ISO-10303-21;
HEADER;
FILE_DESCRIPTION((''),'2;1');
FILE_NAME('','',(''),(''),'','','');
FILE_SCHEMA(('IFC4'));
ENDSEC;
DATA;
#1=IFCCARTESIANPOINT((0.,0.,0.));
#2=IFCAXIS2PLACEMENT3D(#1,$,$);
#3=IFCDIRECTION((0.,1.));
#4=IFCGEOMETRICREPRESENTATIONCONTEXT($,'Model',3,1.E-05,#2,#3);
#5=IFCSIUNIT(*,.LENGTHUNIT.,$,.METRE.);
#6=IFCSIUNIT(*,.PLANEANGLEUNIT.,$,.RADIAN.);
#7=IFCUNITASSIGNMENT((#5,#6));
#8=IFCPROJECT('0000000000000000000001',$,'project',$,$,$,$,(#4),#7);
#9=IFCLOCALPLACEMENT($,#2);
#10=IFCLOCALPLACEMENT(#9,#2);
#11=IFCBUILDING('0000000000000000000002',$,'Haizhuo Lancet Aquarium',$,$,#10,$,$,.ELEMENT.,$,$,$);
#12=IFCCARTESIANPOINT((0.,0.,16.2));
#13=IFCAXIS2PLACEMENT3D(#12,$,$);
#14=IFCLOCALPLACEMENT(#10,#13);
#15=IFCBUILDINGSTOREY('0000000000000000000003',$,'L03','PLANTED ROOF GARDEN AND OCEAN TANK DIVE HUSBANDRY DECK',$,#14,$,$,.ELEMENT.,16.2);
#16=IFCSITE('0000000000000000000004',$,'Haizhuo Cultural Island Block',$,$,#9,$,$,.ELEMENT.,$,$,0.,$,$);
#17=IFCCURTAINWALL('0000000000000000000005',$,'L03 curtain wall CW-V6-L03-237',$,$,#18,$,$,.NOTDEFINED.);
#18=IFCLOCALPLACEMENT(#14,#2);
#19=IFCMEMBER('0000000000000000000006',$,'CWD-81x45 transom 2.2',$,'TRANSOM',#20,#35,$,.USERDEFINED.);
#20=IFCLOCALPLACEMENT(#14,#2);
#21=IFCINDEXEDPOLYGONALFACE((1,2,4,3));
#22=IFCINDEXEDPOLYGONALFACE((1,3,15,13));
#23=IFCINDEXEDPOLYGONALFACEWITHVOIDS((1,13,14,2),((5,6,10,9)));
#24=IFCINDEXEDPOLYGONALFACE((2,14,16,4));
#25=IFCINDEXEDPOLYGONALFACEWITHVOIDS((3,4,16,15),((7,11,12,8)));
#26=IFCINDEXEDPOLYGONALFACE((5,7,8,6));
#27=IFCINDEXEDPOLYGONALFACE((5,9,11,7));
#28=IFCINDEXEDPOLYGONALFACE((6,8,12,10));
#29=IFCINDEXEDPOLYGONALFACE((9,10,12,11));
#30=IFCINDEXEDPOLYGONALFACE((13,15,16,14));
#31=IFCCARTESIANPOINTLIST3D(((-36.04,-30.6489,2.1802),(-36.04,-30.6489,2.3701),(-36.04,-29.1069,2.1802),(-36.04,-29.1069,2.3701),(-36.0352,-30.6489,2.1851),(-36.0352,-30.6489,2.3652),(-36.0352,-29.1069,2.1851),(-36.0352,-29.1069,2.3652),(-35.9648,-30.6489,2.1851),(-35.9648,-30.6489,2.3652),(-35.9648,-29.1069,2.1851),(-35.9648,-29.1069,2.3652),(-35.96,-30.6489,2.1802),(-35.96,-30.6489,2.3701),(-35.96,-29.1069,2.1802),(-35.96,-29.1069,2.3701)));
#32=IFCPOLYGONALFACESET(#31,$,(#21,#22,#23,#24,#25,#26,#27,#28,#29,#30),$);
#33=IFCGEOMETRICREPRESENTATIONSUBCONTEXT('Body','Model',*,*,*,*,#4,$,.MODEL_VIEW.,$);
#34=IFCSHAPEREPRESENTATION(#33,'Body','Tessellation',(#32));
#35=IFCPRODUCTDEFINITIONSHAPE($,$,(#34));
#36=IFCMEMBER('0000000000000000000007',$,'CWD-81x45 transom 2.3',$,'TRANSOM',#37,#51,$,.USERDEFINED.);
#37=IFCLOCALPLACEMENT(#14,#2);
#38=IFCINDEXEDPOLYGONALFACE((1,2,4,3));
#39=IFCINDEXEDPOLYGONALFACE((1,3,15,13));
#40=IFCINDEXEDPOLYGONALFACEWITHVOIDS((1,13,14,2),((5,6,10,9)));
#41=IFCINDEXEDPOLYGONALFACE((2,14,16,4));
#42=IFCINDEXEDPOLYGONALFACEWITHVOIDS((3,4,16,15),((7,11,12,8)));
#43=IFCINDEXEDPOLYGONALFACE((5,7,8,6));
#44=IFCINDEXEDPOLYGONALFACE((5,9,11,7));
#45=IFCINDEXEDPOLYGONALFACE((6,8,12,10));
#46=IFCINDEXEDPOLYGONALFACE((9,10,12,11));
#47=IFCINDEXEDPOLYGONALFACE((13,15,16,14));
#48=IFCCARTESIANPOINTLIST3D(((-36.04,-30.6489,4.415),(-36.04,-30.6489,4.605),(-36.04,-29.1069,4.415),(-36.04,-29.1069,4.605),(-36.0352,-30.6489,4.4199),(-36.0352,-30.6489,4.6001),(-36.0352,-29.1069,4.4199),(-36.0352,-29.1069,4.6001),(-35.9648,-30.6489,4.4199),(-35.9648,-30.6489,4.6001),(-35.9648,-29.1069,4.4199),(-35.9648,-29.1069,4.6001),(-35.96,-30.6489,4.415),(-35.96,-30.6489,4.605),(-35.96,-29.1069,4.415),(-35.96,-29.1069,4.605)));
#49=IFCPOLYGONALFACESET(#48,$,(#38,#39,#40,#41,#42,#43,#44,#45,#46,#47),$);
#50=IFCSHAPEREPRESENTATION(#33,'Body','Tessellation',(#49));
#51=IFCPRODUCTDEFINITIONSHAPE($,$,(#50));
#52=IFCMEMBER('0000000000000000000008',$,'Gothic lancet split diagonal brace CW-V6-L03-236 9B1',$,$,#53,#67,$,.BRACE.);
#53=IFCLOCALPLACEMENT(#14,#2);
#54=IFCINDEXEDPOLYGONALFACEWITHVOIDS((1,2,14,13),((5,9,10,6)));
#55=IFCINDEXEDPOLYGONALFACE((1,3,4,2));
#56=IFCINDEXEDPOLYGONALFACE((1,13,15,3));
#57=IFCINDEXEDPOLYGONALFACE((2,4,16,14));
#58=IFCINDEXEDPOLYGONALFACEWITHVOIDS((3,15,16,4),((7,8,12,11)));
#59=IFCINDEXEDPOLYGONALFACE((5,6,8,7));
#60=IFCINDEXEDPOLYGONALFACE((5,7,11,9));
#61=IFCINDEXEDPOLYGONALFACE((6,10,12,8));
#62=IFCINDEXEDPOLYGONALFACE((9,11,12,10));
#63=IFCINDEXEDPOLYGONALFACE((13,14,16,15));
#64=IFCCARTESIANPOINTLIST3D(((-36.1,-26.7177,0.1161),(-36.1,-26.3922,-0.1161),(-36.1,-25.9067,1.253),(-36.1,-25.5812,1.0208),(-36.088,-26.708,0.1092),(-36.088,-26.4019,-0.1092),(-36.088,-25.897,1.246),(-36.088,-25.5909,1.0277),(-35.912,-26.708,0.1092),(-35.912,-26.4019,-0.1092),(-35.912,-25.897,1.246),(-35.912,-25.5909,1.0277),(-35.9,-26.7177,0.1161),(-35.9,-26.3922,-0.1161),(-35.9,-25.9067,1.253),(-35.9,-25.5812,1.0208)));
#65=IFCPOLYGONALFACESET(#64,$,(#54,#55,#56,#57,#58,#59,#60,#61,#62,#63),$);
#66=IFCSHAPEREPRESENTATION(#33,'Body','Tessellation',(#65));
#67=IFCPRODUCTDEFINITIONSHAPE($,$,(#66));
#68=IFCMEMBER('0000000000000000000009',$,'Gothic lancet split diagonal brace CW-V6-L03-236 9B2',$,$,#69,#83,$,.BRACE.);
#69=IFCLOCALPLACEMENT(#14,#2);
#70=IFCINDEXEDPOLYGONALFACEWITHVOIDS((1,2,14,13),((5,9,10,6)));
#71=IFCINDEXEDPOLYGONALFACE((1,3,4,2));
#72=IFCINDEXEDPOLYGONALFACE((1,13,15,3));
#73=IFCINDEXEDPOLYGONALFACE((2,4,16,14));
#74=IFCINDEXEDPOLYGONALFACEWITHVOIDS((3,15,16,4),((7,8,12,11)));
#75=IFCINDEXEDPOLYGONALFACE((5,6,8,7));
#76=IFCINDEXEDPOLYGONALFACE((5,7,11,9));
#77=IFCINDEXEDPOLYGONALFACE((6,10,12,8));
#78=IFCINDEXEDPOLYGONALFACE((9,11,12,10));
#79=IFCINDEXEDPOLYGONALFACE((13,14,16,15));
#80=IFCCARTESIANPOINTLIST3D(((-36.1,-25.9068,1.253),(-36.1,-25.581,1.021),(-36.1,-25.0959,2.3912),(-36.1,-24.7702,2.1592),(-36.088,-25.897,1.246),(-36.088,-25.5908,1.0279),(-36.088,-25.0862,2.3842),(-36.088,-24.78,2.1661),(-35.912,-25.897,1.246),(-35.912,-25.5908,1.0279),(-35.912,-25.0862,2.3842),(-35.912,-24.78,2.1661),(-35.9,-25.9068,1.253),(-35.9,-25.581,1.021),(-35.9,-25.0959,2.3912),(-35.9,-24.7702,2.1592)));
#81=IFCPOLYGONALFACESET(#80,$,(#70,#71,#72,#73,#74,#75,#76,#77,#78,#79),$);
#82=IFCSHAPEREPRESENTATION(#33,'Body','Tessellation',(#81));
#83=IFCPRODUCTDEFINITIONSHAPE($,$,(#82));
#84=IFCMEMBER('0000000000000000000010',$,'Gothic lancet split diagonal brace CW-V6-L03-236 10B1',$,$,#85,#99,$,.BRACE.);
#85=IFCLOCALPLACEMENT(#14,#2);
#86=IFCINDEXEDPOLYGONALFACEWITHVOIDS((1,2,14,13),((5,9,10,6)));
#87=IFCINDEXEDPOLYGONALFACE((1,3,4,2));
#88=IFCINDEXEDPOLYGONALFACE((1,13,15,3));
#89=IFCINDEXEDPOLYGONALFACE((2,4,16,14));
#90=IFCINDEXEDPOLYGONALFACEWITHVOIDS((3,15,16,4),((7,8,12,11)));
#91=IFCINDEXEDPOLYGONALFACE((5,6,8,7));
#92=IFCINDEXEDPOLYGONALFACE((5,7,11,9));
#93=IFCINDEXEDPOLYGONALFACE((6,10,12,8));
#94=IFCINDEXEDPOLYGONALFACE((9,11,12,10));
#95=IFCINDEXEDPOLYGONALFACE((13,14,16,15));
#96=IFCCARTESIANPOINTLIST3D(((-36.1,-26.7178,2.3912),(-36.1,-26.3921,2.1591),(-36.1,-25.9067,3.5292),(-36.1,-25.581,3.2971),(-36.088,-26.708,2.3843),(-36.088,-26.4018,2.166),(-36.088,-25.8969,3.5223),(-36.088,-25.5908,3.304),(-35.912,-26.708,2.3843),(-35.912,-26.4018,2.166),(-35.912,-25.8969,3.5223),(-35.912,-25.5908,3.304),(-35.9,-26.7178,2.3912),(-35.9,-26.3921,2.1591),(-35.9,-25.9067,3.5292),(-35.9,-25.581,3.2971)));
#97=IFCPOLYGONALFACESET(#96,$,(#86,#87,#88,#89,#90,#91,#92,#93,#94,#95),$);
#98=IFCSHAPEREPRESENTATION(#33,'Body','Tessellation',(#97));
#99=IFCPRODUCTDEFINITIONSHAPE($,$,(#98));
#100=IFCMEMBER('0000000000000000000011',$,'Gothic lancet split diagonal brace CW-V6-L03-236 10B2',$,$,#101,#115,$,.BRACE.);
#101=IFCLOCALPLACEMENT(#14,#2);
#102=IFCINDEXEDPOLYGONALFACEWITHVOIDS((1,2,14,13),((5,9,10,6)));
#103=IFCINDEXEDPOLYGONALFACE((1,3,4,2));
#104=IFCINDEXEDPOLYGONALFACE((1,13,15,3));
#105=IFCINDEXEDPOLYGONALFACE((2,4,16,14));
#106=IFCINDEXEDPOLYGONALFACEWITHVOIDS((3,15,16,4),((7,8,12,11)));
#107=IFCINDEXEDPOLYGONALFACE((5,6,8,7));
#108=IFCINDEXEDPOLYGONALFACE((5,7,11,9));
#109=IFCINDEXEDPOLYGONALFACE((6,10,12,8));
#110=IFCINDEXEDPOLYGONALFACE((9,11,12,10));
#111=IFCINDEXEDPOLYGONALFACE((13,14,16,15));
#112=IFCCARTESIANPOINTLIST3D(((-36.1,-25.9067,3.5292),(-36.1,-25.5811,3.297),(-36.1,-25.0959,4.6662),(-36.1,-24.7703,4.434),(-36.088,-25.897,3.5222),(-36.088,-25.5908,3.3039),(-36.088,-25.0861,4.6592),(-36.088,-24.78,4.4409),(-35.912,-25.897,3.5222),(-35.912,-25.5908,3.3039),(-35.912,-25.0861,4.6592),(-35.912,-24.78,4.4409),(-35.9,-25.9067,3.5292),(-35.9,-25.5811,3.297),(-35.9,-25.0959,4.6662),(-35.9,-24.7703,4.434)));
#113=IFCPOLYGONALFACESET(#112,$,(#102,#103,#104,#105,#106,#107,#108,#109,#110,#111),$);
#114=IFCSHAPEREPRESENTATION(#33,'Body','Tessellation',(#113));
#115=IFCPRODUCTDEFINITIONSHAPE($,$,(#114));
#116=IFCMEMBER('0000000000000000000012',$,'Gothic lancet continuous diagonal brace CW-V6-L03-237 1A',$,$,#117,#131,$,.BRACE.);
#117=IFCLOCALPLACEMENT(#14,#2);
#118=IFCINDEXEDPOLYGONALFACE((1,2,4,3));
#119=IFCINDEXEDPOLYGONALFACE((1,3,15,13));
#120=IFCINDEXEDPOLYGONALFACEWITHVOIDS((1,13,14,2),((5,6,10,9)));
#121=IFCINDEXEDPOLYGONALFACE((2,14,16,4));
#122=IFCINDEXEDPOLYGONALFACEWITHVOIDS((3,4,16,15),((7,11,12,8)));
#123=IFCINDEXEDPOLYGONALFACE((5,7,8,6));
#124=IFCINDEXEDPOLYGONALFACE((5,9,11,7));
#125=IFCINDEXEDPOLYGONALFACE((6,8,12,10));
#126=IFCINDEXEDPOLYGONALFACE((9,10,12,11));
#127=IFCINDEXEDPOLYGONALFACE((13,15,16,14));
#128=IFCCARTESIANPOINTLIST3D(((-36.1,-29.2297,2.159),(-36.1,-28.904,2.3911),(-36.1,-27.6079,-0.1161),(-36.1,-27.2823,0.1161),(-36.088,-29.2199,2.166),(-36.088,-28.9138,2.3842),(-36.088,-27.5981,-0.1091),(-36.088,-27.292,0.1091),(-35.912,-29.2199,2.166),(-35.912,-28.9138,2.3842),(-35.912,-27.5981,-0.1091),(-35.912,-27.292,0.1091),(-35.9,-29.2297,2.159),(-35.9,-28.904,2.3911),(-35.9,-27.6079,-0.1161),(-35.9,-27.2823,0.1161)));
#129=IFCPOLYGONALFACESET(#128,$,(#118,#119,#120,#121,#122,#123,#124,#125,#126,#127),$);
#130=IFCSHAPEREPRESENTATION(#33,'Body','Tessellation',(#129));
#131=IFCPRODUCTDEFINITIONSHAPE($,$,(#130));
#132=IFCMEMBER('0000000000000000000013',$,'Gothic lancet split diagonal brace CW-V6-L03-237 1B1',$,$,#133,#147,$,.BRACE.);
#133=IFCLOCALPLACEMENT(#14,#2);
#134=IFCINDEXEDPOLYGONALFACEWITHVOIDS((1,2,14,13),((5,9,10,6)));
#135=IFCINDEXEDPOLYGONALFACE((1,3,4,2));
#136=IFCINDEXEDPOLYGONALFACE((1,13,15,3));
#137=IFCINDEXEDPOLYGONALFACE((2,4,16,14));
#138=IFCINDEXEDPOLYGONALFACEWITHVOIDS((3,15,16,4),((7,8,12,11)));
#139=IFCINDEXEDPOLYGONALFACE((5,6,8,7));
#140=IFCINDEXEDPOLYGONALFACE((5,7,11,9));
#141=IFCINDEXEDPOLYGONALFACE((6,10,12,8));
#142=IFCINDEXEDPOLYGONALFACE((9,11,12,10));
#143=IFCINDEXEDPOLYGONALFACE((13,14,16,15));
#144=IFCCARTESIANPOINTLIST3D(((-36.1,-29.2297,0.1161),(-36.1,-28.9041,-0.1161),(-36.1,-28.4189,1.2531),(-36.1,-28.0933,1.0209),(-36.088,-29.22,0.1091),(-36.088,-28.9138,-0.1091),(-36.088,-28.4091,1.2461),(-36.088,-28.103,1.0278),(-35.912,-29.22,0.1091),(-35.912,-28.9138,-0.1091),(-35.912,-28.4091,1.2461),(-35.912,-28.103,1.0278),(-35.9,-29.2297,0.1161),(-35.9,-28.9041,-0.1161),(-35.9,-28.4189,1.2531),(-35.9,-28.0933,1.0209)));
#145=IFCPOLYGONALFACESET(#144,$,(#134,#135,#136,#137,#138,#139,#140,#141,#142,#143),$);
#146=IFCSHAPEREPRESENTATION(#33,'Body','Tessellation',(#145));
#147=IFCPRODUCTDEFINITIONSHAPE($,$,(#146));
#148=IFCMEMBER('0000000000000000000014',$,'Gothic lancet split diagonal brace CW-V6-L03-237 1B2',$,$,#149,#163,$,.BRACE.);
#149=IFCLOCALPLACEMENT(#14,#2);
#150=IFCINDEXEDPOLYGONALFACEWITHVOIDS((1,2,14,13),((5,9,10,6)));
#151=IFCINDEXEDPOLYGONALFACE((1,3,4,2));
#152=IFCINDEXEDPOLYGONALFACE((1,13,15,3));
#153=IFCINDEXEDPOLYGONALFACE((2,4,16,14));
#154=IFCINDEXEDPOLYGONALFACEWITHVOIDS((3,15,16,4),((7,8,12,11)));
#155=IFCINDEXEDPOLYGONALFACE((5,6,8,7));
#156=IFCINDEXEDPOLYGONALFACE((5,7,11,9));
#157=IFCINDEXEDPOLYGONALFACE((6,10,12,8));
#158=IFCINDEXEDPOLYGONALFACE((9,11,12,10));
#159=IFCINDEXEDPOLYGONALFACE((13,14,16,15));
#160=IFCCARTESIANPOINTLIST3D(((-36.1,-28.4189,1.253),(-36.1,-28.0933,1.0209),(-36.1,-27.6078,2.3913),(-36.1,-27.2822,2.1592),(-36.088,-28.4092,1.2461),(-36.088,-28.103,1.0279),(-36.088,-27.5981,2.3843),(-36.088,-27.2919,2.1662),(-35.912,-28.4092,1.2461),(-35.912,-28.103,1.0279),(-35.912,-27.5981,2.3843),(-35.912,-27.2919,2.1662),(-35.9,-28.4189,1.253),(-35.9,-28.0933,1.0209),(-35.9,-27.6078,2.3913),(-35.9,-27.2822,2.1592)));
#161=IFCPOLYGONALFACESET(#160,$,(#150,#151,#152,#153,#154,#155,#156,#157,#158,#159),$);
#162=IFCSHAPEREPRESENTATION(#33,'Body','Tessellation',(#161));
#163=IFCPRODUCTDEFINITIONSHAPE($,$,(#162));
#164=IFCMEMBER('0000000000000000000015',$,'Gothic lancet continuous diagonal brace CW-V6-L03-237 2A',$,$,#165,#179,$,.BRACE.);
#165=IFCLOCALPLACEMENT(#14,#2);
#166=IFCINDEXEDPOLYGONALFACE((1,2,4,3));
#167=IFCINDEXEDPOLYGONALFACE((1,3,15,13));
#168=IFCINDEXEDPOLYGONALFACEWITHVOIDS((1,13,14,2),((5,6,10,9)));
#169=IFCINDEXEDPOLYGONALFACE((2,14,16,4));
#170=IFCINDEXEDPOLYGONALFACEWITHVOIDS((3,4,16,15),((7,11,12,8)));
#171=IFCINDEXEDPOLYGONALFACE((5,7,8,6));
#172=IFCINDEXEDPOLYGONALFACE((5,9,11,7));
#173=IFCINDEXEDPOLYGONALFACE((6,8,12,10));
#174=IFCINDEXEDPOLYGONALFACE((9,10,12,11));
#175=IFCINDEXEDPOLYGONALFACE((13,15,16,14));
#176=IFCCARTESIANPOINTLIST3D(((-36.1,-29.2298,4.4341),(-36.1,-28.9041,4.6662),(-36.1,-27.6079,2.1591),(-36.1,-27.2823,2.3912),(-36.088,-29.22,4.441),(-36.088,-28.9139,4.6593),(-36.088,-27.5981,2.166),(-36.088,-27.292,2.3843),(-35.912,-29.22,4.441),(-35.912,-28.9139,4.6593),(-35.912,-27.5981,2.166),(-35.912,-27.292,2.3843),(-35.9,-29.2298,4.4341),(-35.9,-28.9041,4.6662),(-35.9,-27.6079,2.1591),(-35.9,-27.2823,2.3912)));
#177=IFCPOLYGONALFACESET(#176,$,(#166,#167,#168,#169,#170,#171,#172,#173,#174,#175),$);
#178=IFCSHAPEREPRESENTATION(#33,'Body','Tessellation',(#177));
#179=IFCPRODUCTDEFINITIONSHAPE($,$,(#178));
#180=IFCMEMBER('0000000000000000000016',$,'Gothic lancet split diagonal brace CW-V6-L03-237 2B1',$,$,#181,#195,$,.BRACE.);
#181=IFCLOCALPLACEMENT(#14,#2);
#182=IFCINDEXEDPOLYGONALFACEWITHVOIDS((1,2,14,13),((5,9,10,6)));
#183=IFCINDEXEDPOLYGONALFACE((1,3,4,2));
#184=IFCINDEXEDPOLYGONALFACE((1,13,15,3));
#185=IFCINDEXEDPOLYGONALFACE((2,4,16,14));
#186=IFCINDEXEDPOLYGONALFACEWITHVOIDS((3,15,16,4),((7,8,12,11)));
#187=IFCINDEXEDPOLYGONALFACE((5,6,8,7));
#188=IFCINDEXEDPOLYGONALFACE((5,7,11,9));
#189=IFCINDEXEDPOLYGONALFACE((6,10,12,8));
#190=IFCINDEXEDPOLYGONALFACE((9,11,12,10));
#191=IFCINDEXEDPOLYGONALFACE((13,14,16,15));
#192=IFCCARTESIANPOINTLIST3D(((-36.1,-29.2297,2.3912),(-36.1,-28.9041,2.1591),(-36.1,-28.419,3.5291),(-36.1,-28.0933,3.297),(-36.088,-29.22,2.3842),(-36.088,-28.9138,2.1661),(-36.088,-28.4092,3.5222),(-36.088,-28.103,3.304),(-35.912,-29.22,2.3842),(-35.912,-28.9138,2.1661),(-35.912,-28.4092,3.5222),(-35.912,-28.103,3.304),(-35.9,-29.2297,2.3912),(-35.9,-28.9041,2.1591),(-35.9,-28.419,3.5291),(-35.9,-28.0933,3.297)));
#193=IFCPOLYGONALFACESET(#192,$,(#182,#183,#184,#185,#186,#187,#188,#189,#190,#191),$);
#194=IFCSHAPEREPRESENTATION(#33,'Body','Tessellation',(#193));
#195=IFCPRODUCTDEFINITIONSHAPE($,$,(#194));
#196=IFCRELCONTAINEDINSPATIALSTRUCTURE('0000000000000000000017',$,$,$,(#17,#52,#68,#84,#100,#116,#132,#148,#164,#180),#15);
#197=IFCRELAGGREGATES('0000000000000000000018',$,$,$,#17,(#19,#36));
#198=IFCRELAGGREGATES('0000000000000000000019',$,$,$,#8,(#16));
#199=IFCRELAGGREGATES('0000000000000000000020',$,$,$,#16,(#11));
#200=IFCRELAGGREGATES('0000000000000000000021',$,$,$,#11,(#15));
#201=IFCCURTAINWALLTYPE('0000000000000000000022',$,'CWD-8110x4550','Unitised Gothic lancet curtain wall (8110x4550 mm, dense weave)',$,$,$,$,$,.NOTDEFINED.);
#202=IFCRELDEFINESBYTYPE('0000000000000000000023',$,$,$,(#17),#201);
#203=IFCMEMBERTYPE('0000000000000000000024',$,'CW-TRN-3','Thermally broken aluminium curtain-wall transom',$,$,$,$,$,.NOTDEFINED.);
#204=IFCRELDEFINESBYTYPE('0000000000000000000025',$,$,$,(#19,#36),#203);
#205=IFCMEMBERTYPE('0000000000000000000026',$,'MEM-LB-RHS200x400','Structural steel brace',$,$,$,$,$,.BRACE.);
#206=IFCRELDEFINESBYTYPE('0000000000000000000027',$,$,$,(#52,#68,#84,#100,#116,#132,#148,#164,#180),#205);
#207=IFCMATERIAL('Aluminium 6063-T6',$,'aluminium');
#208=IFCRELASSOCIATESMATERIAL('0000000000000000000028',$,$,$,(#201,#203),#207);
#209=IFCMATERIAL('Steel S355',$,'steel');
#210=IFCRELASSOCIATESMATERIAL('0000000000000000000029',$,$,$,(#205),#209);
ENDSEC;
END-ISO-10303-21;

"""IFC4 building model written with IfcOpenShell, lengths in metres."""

from ifc_helpers import new_model, si_unit, direction, frame, origin, origin_2d, place, context, subcontext, project, spatial, hollow_rectangle, extrude, material, material_profile, profile_set, type_object, element, aggregate, save


model = new_model("IFC4")

# Units and contexts
model_context = context("Model", 3, precision=1e-05, world=origin(), true_north=direction((0.0, 1.0)))
body_context = subcontext(model_context, "Body", "Model", "MODEL_VIEW")
ifc_project = project(units=[si_unit("LENGTHUNIT", "METRE"), si_unit("PLANEANGLEUNIT", "RADIAN")], contexts=[model_context])

# Site, building, storey
site_placement = place(None, origin())
site = spatial("IfcSite", under=ifc_project, at=site_placement, Name="Haizhuo Cultural Island Block", CompositionType="ELEMENT", RefElevation=0.0)
building_placement = place(site_placement, origin())
building = spatial("IfcBuilding", under=site, at=building_placement, Name="Haizhuo Lancet Aquarium", CompositionType="ELEMENT")
storey_placement = place(building_placement, frame((0.0, 0.0, 16.2)))
storey = spatial("IfcBuildingStorey", under=building, at=storey_placement, Name="L03", Description="PLANTED ROOF GARDEN AND OCEAN TANK DIVE HUSBANDRY DECK", CompositionType="ELEMENT", Elevation=16.2)

# Shared definitions
ifc_material_1 = material(Name="Steel S355", Category="steel")

# Shared definitions
ifc_material_2 = material(Name="Aluminium 6063-T6", Category="aluminium")
curtain_wall_type = type_object("IfcCurtainWallType", Name="CWD-8110x4550", Description="Unitised Gothic lancet curtain wall (8110x4550 mm, dense weave)", PredefinedType="NOTDEFINED", material=ifc_material_2)

# Curtain wall, members
curtain_wall_1_placement = place(storey_placement, origin())
curtain_wall_1 = element("IfcCurtainWall", 1, at=curtain_wall_1_placement, inside=storey, type_object=curtain_wall_type, Name="L03 curtain wall CW-V6-L03-237", PredefinedType="NOTDEFINED")
ifc_material_profile_1 = material_profile(ifc_material_2, hollow_rectangle(XDim=0.0801, YDim=0.1899, WallThickness=0.0049, at=origin_2d()), Name="ALU-T 80x190x5")
ifc_profile_set_1 = profile_set([ifc_material_profile_1], Name="Aluminium 6063-T6")
member_type_1 = type_object("IfcMemberType", Name="CW-TRN-3", Description="Thermally broken aluminium curtain-wall transom", PredefinedType="NOTDEFINED", material=ifc_profile_set_1)
member_1_placement = place(storey_placement, frame((-36.0, -29.1069, 2.2751), z_axis=(0.0, -1.0, 0.0), x_axis=(1.0, 0.0, 0.0)))
member_1 = element("IfcMember", 2, at=member_1_placement, type_object=member_type_1, Name="CWD-81x45 transom 2.2", ObjectType="TRANSOM", PredefinedType="USERDEFINED", context=body_context, shape_type="SweptSolid", body=[
    extrude(hollow_rectangle(XDim=0.0801, YDim=0.1899, WallThickness=0.0049, at=origin_2d()), origin(), (0.0, 0.0, 1.0), 1.542),
])
member_2_placement = place(storey_placement, frame((-36.0, -29.1069, 4.51), z_axis=(0.0, -1.0, 0.0), x_axis=(1.0, 0.0, 0.0)))
member_2 = element("IfcMember", 3, at=member_2_placement, type_object=member_type_1, Name="CWD-81x45 transom 2.3", ObjectType="TRANSOM", PredefinedType="USERDEFINED", context=body_context, shape_type="SweptSolid", body=[
    extrude(hollow_rectangle(XDim=0.0801, YDim=0.1899, WallThickness=0.0049, at=origin_2d()), origin(), (0.0, 0.0, 1.0), 1.542),
])

# Members
ifc_material_profile_2 = material_profile(ifc_material_1, hollow_rectangle(XDim=0.2, YDim=0.3999, WallThickness=0.012, at=origin_2d()), Name="RHS 200x400x12")
ifc_profile_set_2 = profile_set([ifc_material_profile_2], Name="Steel S355")
member_type_2 = type_object("IfcMemberType", Name="MEM-LB-RHS200x400", Description="Structural steel brace", PredefinedType="BRACE", material=ifc_profile_set_2)
member_3_placement = place(storey_placement, frame((-36.0, -26.5549, 0.0), z_axis=(0.0, 0.580725, 0.814099), x_axis=(-1.0, 0.0, 0.0)))
element("IfcMember", 4, at=member_3_placement, inside=storey, type_object=member_type_2, Name="Gothic lancet split diagonal brace CW-V6-L03-236 9B1", PredefinedType="BRACE", context=body_context, shape_type="SweptSolid", body=[
    extrude(hollow_rectangle(XDim=0.2, YDim=0.3999, WallThickness=0.012, at=origin_2d()), origin(), (0.0, 0.0, 1.0), 1.3965),
])
for number, where, z_axis, x_axis, name in (
    (5, (-36.0, -25.7439, 1.137), (0.0, 0.580197, 0.814476), (-1.0, 0.0, 0.0), "Gothic lancet split diagonal brace CW-V6-L03-236 9B2"),
    (6, (-36.0, -26.5549, 2.2751), (0.0, 0.580395, 0.814335), (-1.0, 0.0, 0.0), "Gothic lancet split diagonal brace CW-V6-L03-236 10B1"),
):
    element("IfcMember", number, at=place(storey_placement, frame(where, z_axis=z_axis, x_axis=x_axis)), inside=storey, type_object=member_type_2, Name=name, PredefinedType="BRACE", context=body_context, shape_type="SweptSolid", body=[
        extrude(hollow_rectangle(XDim=0.2, YDim=0.3999, WallThickness=0.012, at=origin_2d()), origin(), (0.0, 0.0, 1.0), 1.3975),
    ])
member_4_placement = place(storey_placement, frame((-36.0, -25.7439, 3.4131), z_axis=(0.0, 0.58061, 0.814182), x_axis=(-1.0, 0.0, 0.0)))
element("IfcMember", 7, at=member_4_placement, inside=storey, type_object=member_type_2, Name="Gothic lancet split diagonal brace CW-V6-L03-236 10B2", PredefinedType="BRACE", context=body_context, shape_type="SweptSolid", body=[
    extrude(hollow_rectangle(XDim=0.2, YDim=0.3999, WallThickness=0.012, at=origin_2d()), origin(), (0.0, 0.0, 1.0), 1.3965),
])
member_5_placement = place(storey_placement, frame((-36.0, -27.4451, 0.0), z_axis=(0.0, -0.580461, 0.814288), x_axis=(1.0, 0.0, 0.0)))
element("IfcMember", 8, at=member_5_placement, inside=storey, type_object=member_type_2, Name="Gothic lancet continuous diagonal brace CW-V6-L03-237 1A", PredefinedType="BRACE", context=body_context, shape_type="SweptSolid", body=[
    extrude(hollow_rectangle(XDim=0.2, YDim=0.3999, WallThickness=0.012, at=origin_2d()), origin(), (0.0, 0.0, 1.0), 2.7939),
])
member_6_placement = place(storey_placement, frame((-36.0, -29.0669, 0.0), z_axis=(0.0, 0.58061, 0.814182), x_axis=(-1.0, 0.0, 0.0)))
element("IfcMember", 9, at=member_6_placement, inside=storey, type_object=member_type_2, Name="Gothic lancet split diagonal brace CW-V6-L03-237 1B1", PredefinedType="BRACE", context=body_context, shape_type="SweptSolid", body=[
    extrude(hollow_rectangle(XDim=0.2, YDim=0.3999, WallThickness=0.012, at=origin_2d()), origin(), (0.0, 0.0, 1.0), 1.3965),
])
member_7_placement = place(storey_placement, frame((-36.0, -28.2561, 1.137), z_axis=(0.0, 0.580312, 0.814394), x_axis=(-1.0, 0.0, 0.0)))
element("IfcMember", 10, at=member_7_placement, inside=storey, type_object=member_type_2, Name="Gothic lancet split diagonal brace CW-V6-L03-237 1B2", PredefinedType="BRACE", context=body_context, shape_type="SweptSolid", body=[
    extrude(hollow_rectangle(XDim=0.2, YDim=0.3999, WallThickness=0.012, at=origin_2d()), origin(), (0.0, 0.0, 1.0), 1.3977),
])
member_8_placement = place(storey_placement, frame((-36.0, -27.4451, 2.2751), z_axis=(0.0, -0.580502, 0.814259), x_axis=(1.0, 0.0, 0.0)))
element("IfcMember", 11, at=member_8_placement, inside=storey, type_object=member_type_2, Name="Gothic lancet continuous diagonal brace CW-V6-L03-237 2A", PredefinedType="BRACE", context=body_context, shape_type="SweptSolid", body=[
    extrude(hollow_rectangle(XDim=0.2, YDim=0.3999, WallThickness=0.012, at=origin_2d()), origin(), (0.0, 0.0, 1.0), 2.7939),
])
member_9_placement = place(storey_placement, frame((-36.0, -29.0669, 2.2751), z_axis=(0.0, 0.580279, 0.814418), x_axis=(-1.0, 0.0, 0.0)))
element("IfcMember", 12, at=member_9_placement, inside=storey, type_object=member_type_2, Name="Gothic lancet split diagonal brace CW-V6-L03-237 2B1", PredefinedType="BRACE", context=body_context, shape_type="SweptSolid", body=[
    extrude(hollow_rectangle(XDim=0.2, YDim=0.3999, WallThickness=0.012, at=origin_2d()), origin(), (0.0, 0.0, 1.0), 1.3972),
])

aggregate(curtain_wall_1, [member_1, member_2])

save(model, "model.ifc")
